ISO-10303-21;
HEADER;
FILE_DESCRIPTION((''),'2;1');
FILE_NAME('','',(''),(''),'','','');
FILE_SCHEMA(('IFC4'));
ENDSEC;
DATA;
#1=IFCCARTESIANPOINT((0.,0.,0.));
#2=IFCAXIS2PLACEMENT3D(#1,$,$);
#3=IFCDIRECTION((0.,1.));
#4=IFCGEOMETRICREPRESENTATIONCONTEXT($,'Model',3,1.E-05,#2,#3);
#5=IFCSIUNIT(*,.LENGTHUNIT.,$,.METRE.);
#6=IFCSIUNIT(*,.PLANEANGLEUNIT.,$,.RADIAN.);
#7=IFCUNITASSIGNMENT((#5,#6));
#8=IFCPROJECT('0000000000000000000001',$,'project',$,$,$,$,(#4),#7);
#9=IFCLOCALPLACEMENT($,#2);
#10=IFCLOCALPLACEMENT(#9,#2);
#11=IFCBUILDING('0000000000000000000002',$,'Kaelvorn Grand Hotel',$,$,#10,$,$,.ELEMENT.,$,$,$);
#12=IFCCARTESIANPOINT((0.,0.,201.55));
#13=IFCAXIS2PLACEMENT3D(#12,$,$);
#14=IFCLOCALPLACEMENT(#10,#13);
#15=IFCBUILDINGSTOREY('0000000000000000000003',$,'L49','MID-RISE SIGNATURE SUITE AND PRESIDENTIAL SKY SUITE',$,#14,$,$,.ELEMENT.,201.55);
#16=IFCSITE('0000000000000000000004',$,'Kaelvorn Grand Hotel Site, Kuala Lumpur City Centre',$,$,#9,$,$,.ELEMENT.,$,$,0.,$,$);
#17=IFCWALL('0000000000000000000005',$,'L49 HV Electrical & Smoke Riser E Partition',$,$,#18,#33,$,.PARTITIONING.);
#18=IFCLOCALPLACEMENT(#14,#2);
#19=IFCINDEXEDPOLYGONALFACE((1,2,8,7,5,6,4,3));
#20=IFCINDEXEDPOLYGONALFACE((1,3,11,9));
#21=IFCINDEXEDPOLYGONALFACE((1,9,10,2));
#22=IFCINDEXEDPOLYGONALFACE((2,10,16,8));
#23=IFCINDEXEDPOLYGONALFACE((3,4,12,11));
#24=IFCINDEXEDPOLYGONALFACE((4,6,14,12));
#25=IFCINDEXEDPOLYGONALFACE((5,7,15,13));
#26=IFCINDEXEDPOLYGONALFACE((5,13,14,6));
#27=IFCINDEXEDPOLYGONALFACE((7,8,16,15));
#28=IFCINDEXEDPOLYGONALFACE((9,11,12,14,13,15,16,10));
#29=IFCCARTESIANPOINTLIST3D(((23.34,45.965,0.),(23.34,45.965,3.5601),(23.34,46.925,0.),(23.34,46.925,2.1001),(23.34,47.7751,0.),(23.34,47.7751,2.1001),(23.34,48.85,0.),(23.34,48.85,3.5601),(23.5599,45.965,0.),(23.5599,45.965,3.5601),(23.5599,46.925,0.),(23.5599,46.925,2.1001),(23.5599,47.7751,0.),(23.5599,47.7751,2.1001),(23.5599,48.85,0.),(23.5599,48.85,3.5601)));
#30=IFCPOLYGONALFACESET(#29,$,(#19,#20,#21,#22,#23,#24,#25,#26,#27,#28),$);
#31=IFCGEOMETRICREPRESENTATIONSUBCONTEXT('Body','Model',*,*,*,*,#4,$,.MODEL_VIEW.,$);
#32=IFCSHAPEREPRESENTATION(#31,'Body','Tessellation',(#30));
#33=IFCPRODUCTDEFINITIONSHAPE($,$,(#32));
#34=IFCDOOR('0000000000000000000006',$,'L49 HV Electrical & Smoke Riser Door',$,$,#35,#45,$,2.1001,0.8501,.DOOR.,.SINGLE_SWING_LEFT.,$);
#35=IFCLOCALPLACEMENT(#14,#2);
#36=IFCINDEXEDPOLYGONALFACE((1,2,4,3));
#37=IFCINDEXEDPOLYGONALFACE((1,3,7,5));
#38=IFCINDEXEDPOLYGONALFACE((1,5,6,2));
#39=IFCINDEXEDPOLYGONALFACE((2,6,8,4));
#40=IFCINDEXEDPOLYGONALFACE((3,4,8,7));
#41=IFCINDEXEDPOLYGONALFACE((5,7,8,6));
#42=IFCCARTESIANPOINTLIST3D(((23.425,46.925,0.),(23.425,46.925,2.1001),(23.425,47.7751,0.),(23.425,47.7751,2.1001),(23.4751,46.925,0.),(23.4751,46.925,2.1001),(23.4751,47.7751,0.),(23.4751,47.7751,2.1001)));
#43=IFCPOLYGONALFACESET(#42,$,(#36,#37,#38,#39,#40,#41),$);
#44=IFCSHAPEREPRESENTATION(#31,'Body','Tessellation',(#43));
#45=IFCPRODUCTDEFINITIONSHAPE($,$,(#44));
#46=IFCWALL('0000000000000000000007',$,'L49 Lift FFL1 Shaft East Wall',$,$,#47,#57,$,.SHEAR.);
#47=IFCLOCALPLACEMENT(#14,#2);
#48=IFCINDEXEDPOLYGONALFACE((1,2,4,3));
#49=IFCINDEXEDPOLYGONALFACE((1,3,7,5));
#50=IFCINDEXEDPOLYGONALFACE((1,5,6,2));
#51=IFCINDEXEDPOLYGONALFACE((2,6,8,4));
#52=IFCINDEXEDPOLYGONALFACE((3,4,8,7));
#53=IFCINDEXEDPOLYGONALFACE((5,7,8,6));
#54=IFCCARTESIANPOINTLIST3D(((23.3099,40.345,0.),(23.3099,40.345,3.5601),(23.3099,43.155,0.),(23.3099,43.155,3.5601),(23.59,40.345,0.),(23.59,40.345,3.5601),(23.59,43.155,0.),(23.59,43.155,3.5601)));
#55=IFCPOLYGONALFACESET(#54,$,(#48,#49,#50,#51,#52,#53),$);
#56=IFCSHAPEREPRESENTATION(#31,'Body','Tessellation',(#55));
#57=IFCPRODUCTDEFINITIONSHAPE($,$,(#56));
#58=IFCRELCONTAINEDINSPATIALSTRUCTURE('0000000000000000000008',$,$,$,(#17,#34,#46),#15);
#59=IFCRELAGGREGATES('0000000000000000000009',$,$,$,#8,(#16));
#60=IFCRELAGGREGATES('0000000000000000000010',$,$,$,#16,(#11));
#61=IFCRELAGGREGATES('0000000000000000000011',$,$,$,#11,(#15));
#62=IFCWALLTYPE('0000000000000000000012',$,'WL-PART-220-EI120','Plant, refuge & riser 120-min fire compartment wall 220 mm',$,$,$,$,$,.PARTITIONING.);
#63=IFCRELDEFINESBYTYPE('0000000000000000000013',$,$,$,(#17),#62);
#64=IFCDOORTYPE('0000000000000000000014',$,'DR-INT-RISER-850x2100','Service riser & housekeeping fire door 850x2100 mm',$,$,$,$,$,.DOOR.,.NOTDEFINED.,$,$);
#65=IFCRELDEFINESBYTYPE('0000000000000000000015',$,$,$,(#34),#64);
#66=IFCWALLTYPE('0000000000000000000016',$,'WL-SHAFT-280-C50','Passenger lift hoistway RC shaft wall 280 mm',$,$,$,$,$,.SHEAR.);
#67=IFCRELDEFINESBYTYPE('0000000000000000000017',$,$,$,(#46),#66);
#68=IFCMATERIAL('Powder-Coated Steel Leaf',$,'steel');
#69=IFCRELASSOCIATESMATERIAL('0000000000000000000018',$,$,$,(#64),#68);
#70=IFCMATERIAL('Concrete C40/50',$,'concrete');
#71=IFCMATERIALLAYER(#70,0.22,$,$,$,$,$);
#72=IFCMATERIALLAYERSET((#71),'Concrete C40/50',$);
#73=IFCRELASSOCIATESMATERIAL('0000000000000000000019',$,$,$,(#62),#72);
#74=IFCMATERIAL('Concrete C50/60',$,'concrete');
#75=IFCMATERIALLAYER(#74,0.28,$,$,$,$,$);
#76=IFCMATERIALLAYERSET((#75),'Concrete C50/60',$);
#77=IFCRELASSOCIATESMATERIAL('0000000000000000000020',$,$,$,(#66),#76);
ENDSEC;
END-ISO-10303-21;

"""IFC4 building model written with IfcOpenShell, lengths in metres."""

from ifc_helpers import new_model, si_unit, direction, frame, frame_2d, origin, place, context, subcontext, project, spatial, rectangle, extrude, material, layer, layer_set, type_object, element, fill, save


model = new_model("IFC4")

# Units and contexts
model_context = context("Model", 3, precision=1e-05, world=origin(), true_north=direction((0.0, 1.0)))
body_context = subcontext(model_context, "Body", "Model", "MODEL_VIEW")
ifc_project = project(units=[si_unit("LENGTHUNIT", "METRE"), si_unit("PLANEANGLEUNIT", "RADIAN")], contexts=[model_context])

# Site, building, storey
site_placement = place(None, origin())
site = spatial("IfcSite", under=ifc_project, at=site_placement, Name="Kaelvorn Grand Hotel Site, Kuala Lumpur City Centre", CompositionType="ELEMENT", RefElevation=0.0)
building_placement = place(site_placement, origin())
building = spatial("IfcBuilding", under=site, at=building_placement, Name="Kaelvorn Grand Hotel", CompositionType="ELEMENT")
storey_placement = place(building_placement, frame((0.0, 0.0, 201.55)))
storey = spatial("IfcBuildingStorey", under=building, at=storey_placement, Name="L49", Description="MID-RISE SIGNATURE SUITE AND PRESIDENTIAL SKY SUITE", CompositionType="ELEMENT", Elevation=201.55)

# Shared definitions
ifc_material_1 = material(Name="Concrete C50/60", Category="concrete")

# Shared definitions
ifc_material_2 = material(Name="Powder-Coated Steel Leaf", Category="steel")
door_type_1 = type_object("IfcDoorType", Name="DR-INT-RISER-850x2100", Description="Service riser & housekeeping fire door 850x2100 mm", OperationType="NOTDEFINED", PredefinedType="DOOR", material=ifc_material_2)

# Shared definitions
ifc_material_3 = material(Name="Concrete C40/50", Category="concrete")
ifc_layer_1 = layer(ifc_material_3, 0.22)
ifc_layer_set_1 = layer_set([ifc_layer_1], Name="Concrete C40/50")
wall_type_1 = type_object("IfcWallType", Name="WL-PART-220-EI120", Description="Plant, refuge & riser 120-min fire compartment wall 220 mm", PredefinedType="PARTITIONING", material=ifc_layer_set_1)

# Wall, opening, door
wall_1_placement = place(storey_placement, frame((23.45, 45.9651, 0.0), z_axis=(0.0, 0.0, 1.0), x_axis=(0.0, 1.0, 0.0)))
wall_1 = element("IfcWall", 1, at=wall_1_placement, inside=storey, type_object=wall_type_1, Name="L49 HV Electrical & Smoke Riser E Partition", PredefinedType="PARTITIONING", context=body_context, shape_type="SweptSolid", body=[
    extrude(rectangle(XDim=2.885, YDim=0.22, at=frame_2d((1.4424, 0.0))), origin(), (0.0, 0.0, 1.0), 3.5601),
])
opening_1_placement = place(wall_1_placement, frame((0.96, 0.0, 0.0)))
opening_1 = element("IfcOpeningElement", 2, at=opening_1_placement, cuts=wall_1, PredefinedType="OPENING", context=body_context, shape_type="SweptSolid", body=[
    extrude(rectangle(XDim=0.8501, YDim=2.1001, at=frame_2d((0.425, 1.05))), frame((0.0, 0.1201, 0.0), z_axis=(0.0, -1.0, 0.0), x_axis=(1.0, 0.0, 0.0)), (0.0, 0.0, 1.0), 0.24),
])
door_1_placement = place(opening_1_placement, origin())
door_1 = element("IfcDoor", 3, at=door_1_placement, inside=storey, type_object=door_type_1, Name="L49 HV Electrical & Smoke Riser Door", OperationType="SINGLE_SWING_LEFT", OverallHeight=2.1001, OverallWidth=0.8501, PredefinedType="DOOR", context=body_context, shape_type="SweptSolid", body=[
    extrude(rectangle(XDim=0.8501, YDim=2.1001, at=frame_2d((0.425, 1.05))), frame((0.0, 0.0249, 0.0), z_axis=(0.0, -1.0, 0.0), x_axis=(1.0, 0.0, 0.0)), (0.0, 0.0, 1.0), 0.05),
])
fill(opening_1, door_1)

# Wall
ifc_layer_2 = layer(ifc_material_1, 0.28)
ifc_layer_set_2 = layer_set([ifc_layer_2], Name="Concrete C50/60")
wall_type_2 = type_object("IfcWallType", Name="WL-SHAFT-280-C50", Description="Passenger lift hoistway RC shaft wall 280 mm", PredefinedType="SHEAR", material=ifc_layer_set_2)
wall_2_placement = place(storey_placement, frame((23.45, 40.345, 0.0), z_axis=(0.0, 0.0, 1.0), x_axis=(0.0, 1.0, 0.0)))
element("IfcWall", 4, at=wall_2_placement, inside=storey, type_object=wall_type_2, Name="L49 Lift FFL1 Shaft East Wall", PredefinedType="SHEAR", context=body_context, shape_type="SweptSolid", body=[
    extrude(rectangle(XDim=2.8101, YDim=0.28, at=frame_2d((1.405, 0.0))), origin(), (0.0, 0.0, 1.0), 3.5601),
])

save(model, "model.ifc")
